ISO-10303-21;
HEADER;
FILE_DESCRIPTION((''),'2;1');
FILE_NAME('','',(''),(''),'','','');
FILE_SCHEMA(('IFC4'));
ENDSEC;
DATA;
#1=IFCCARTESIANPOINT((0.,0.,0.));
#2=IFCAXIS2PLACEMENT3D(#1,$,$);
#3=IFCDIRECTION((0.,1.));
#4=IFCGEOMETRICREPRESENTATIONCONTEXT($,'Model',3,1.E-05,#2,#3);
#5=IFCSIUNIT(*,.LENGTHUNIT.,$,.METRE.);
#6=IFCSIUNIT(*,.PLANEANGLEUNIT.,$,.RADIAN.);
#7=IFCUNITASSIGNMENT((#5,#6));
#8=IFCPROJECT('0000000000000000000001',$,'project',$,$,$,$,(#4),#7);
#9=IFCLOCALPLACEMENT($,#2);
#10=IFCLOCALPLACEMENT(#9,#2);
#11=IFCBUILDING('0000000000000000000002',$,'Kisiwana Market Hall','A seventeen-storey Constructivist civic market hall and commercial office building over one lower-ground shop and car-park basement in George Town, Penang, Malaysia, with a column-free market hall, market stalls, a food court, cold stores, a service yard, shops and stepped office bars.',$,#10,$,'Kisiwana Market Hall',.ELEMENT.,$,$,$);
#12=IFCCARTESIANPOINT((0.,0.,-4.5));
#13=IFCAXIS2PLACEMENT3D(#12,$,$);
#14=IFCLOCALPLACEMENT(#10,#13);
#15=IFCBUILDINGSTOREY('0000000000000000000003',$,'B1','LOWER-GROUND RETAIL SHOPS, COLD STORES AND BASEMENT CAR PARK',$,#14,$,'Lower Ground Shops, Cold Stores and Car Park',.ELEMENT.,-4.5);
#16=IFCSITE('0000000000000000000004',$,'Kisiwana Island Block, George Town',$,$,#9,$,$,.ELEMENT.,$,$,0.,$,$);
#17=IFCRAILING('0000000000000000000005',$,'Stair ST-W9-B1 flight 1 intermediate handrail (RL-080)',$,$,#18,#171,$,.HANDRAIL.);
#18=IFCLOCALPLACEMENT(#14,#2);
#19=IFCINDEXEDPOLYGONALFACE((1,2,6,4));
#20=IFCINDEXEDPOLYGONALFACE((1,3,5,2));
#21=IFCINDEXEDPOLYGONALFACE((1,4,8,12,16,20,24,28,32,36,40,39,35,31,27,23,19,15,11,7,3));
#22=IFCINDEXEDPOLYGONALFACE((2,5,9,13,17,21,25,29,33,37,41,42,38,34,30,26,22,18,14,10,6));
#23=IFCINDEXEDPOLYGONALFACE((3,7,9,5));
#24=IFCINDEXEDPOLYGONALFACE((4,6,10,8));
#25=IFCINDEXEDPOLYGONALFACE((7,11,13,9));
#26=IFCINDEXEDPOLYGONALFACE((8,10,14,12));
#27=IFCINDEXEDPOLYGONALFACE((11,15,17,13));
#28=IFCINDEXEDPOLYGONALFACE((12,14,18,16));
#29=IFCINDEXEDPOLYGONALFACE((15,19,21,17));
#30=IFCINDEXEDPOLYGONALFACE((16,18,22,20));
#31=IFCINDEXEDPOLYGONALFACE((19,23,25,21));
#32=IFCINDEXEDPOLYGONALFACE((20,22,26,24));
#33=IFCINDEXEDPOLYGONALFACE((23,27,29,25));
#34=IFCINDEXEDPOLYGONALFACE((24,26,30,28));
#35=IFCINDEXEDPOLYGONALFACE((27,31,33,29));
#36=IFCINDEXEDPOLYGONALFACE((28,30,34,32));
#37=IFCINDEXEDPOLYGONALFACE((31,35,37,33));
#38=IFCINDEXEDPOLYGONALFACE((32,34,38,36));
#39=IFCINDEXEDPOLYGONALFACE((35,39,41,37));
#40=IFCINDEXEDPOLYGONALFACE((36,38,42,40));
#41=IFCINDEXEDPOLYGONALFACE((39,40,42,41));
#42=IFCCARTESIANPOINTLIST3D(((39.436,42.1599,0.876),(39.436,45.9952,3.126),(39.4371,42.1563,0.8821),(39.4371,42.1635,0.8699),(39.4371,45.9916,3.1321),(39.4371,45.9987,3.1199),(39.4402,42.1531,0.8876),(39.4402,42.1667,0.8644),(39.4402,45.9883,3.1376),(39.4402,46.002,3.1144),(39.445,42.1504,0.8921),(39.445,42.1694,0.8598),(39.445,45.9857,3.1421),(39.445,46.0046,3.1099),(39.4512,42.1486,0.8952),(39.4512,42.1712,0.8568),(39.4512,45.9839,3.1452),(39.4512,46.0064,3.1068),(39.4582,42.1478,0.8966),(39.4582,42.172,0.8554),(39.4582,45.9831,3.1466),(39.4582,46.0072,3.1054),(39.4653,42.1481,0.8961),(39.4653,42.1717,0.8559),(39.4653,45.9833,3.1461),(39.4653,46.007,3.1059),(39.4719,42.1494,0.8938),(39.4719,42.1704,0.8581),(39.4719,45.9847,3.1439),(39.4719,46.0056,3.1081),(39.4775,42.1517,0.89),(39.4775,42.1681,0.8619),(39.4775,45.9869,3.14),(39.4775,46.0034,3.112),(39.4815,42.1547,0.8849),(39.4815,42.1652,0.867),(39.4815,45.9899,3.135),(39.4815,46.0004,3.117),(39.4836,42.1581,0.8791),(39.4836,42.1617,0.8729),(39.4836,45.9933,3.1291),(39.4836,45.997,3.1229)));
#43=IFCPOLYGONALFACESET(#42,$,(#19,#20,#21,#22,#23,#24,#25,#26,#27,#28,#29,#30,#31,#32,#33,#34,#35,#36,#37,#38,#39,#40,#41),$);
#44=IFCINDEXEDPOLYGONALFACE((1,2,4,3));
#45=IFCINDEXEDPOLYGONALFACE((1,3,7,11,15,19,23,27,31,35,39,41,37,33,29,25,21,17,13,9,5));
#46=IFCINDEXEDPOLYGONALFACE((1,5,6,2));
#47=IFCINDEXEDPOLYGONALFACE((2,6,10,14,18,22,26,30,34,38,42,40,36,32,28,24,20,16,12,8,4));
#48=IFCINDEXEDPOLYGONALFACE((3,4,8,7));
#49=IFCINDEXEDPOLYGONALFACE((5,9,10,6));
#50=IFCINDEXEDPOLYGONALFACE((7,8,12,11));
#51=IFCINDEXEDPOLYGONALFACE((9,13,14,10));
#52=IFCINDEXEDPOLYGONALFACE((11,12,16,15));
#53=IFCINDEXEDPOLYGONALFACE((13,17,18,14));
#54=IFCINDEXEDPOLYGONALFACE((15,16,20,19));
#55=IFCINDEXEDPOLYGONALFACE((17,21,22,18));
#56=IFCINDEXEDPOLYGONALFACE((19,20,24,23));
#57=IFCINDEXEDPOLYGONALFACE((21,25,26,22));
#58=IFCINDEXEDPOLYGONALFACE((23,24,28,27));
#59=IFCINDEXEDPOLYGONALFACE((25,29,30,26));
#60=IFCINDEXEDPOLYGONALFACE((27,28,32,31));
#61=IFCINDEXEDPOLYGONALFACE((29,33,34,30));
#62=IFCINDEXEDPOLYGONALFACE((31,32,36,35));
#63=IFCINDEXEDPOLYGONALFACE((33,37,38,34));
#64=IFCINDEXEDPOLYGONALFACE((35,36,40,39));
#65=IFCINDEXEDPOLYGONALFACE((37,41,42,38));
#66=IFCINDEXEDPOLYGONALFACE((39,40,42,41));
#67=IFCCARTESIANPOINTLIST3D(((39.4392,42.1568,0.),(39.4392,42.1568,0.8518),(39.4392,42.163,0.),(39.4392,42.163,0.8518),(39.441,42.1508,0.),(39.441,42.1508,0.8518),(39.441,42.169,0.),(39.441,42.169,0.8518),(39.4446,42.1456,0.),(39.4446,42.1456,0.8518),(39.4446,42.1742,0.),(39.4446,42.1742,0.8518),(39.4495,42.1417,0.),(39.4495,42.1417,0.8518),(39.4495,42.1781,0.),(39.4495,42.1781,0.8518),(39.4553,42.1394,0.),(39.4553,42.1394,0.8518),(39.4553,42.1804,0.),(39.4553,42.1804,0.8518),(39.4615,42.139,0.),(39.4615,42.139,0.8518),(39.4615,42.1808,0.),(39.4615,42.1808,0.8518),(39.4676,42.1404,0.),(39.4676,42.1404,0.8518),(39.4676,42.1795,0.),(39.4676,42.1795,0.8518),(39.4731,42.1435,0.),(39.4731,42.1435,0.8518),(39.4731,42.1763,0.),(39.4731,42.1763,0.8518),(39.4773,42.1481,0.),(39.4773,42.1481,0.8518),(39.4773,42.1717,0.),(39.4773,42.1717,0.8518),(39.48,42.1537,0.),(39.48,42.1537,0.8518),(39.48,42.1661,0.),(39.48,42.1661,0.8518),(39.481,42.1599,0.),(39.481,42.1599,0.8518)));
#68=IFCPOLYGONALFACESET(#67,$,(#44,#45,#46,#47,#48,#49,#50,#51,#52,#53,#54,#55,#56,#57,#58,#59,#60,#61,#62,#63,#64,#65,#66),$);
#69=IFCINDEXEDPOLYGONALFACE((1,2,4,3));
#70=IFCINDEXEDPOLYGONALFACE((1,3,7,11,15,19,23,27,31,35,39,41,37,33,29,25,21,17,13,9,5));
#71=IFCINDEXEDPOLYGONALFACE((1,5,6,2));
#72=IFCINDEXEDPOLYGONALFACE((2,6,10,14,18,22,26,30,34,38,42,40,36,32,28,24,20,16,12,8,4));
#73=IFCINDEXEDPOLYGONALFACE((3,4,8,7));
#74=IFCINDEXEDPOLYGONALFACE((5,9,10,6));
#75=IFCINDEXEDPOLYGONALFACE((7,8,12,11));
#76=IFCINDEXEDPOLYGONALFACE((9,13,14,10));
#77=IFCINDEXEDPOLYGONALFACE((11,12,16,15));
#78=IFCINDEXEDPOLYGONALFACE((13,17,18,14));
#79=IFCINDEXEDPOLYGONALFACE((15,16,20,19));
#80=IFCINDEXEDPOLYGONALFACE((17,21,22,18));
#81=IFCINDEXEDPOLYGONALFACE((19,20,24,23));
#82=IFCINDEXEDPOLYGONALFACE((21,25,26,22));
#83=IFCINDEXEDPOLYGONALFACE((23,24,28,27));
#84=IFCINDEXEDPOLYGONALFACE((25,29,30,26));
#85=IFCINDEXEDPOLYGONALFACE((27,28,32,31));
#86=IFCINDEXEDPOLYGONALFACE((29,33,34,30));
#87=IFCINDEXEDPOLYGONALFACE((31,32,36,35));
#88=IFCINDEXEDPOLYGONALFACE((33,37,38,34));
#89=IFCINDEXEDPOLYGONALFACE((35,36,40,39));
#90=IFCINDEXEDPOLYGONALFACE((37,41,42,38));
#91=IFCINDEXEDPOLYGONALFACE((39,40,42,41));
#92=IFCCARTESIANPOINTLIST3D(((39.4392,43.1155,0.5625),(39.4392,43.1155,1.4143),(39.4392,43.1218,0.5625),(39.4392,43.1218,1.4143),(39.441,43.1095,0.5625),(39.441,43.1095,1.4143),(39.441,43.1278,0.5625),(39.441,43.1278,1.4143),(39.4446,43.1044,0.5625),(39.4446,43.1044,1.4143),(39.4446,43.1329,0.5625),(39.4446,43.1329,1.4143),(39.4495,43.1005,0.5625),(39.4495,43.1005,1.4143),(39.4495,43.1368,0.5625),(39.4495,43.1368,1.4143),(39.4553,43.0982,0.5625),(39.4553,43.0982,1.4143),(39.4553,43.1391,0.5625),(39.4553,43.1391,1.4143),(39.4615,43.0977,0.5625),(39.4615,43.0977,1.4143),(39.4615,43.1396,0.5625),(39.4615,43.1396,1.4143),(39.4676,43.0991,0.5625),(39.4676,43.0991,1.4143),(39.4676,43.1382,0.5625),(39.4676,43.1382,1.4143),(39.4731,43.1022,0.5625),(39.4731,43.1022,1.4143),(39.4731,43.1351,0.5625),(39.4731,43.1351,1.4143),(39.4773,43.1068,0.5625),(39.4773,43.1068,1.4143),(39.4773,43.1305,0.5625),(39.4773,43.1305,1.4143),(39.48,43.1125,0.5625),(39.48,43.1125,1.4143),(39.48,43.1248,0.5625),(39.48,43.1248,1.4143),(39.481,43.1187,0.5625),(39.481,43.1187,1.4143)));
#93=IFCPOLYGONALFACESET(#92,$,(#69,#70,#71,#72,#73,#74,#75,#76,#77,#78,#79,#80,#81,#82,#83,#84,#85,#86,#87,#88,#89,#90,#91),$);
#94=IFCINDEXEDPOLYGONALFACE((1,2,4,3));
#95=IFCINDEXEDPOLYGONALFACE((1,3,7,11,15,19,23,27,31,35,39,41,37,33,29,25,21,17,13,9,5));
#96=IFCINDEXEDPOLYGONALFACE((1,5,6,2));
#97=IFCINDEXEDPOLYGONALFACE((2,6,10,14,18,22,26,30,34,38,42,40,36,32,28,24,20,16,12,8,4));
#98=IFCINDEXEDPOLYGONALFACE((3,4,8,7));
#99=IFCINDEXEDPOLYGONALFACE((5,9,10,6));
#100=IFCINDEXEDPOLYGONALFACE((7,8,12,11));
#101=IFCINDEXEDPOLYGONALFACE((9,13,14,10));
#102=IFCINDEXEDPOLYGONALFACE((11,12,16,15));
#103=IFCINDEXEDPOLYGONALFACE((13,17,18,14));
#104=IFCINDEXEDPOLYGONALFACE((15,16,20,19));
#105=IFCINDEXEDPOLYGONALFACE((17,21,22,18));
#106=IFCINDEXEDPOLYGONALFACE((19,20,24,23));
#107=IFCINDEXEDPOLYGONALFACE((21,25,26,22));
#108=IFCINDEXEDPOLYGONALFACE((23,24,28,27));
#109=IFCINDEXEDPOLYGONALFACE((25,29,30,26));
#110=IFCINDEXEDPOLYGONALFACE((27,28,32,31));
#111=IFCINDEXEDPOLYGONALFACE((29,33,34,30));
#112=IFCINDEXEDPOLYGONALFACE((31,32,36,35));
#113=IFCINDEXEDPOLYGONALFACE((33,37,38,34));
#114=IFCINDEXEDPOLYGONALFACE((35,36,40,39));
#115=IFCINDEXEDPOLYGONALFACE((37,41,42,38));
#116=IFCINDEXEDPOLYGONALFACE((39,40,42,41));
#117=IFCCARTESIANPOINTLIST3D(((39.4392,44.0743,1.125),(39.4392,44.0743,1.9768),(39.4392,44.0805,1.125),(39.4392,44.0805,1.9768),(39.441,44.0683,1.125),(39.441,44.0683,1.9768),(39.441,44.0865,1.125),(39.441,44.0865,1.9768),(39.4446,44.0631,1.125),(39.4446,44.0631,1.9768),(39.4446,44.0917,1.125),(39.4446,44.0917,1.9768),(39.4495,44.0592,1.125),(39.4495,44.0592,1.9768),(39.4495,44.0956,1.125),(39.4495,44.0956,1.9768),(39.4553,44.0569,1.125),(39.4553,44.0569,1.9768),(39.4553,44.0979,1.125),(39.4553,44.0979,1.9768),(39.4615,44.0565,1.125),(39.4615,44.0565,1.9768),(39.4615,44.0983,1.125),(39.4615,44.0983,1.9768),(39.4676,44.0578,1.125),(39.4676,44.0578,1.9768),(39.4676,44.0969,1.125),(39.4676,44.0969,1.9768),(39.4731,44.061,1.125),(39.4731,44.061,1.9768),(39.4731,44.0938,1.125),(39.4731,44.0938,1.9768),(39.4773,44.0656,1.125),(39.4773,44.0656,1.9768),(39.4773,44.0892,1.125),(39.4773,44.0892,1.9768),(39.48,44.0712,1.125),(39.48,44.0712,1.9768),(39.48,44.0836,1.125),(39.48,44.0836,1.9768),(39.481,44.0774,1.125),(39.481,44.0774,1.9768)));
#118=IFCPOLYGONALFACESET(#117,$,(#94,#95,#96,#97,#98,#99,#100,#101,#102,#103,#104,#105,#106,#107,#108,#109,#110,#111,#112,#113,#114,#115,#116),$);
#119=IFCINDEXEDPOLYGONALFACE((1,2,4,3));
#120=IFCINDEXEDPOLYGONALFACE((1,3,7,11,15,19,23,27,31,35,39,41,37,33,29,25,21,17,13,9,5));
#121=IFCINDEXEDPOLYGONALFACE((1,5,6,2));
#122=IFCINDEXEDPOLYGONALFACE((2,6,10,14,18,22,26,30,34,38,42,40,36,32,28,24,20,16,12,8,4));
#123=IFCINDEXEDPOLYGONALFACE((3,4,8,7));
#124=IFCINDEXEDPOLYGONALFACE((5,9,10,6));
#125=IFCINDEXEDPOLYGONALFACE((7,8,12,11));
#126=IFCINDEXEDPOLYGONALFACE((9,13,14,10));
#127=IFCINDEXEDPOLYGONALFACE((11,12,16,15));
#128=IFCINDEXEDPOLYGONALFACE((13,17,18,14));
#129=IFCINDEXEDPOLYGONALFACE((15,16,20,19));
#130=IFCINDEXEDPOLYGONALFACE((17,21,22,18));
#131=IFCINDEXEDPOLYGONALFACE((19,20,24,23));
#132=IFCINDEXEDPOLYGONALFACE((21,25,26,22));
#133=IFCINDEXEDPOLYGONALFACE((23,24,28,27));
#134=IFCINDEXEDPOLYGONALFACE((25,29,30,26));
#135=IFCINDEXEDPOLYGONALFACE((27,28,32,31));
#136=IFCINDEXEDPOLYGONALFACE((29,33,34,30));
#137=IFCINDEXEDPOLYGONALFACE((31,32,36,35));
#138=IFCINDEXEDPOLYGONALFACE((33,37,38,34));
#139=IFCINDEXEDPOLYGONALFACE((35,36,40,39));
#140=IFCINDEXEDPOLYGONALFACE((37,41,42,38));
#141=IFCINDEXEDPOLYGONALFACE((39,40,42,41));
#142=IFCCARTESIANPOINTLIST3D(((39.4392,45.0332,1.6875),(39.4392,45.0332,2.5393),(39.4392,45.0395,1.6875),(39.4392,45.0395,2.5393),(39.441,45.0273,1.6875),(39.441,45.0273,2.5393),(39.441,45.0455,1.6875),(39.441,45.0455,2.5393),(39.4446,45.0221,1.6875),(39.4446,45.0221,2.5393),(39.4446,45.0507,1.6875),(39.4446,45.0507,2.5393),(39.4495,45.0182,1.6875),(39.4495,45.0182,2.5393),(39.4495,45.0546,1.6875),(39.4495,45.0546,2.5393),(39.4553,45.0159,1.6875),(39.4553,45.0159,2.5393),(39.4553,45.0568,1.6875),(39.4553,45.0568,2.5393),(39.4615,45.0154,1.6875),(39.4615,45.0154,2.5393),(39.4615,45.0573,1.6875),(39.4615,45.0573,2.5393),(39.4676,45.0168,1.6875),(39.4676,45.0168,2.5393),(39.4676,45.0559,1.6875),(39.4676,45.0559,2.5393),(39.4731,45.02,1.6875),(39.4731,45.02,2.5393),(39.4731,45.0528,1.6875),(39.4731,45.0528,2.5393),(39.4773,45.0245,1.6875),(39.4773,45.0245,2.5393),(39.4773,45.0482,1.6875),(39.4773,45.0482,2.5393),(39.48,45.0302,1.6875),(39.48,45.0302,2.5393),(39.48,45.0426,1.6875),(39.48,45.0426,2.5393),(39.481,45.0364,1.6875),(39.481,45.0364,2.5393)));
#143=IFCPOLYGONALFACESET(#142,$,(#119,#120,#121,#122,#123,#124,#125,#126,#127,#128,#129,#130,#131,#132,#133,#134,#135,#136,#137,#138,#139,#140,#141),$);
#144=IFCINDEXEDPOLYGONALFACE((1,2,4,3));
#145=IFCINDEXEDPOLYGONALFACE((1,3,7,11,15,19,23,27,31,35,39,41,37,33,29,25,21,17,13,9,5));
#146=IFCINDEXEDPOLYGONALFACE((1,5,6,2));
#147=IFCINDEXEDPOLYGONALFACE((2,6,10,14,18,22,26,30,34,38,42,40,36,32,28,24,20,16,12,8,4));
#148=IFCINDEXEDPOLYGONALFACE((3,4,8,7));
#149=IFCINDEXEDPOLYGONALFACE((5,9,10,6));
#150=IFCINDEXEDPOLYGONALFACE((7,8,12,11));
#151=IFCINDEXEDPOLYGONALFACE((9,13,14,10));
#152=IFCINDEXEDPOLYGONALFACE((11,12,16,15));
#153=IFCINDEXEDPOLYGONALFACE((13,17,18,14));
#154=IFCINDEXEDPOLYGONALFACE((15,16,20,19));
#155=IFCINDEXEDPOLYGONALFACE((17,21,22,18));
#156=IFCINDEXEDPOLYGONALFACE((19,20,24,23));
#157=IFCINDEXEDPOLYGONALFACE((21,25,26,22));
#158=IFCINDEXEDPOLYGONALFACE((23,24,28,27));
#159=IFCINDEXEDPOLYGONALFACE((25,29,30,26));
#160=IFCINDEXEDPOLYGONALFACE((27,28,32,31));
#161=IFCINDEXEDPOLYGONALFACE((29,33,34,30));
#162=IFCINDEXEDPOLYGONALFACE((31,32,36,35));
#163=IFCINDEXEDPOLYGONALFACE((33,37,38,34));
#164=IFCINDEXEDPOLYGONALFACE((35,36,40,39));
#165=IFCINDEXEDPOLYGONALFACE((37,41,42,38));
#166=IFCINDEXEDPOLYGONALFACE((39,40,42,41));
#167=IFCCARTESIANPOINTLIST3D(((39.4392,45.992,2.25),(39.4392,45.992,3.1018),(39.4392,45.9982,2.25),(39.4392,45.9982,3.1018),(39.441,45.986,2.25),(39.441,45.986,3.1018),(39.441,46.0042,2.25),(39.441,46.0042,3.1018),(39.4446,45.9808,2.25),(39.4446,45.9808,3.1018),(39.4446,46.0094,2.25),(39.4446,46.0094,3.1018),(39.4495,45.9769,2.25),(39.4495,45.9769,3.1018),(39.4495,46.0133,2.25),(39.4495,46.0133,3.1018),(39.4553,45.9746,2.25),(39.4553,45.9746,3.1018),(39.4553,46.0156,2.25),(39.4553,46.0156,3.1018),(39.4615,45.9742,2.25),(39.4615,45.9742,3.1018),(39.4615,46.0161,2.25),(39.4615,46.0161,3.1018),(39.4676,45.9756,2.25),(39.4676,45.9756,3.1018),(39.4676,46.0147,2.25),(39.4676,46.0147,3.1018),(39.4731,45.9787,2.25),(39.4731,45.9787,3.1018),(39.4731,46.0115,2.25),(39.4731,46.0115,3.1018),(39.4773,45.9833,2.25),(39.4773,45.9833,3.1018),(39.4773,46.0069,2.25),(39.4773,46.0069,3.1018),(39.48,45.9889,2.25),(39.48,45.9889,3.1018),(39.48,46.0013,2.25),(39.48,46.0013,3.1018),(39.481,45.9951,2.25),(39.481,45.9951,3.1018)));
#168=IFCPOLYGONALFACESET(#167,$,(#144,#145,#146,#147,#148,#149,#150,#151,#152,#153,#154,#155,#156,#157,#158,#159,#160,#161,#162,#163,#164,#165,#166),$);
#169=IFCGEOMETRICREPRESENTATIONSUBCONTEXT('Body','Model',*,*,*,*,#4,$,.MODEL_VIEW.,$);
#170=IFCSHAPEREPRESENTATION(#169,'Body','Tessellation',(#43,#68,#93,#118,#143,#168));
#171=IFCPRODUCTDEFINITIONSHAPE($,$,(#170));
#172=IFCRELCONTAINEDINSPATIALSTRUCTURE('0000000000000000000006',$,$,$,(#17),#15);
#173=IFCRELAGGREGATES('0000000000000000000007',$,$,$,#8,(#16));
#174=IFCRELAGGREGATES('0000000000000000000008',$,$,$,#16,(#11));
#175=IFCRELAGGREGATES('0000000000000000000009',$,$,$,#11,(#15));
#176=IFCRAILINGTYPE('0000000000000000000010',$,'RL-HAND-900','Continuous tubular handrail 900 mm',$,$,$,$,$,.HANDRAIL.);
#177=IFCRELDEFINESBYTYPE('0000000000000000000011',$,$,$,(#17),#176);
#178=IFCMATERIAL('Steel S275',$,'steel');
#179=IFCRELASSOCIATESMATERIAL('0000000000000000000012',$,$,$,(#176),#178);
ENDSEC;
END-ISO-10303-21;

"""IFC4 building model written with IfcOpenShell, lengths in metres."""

from ifc_helpers import new_model, si_unit, direction, frame, origin, origin_2d, place, context, subcontext, project, spatial, circle, extrude, material, type_object, element, save


model = new_model("IFC4")

# Units and contexts
model_context = context("Model", 3, precision=1e-05, world=origin(), true_north=direction((0.0, 1.0)))
body_context = subcontext(model_context, "Body", "Model", "MODEL_VIEW")
ifc_project = project(units=[si_unit("LENGTHUNIT", "METRE"), si_unit("PLANEANGLEUNIT", "RADIAN")], contexts=[model_context])

# Site, building, storey
site_placement = place(None, origin())
site = spatial("IfcSite", under=ifc_project, at=site_placement, Name="Kisiwana Island Block, George Town", CompositionType="ELEMENT", RefElevation=0.0)
building_placement = place(site_placement, origin())
building = spatial("IfcBuilding", under=site, at=building_placement, Name="Kisiwana Market Hall", Description="A seventeen-storey Constructivist civic market hall and commercial office building over one lower-ground shop and car-park basement in George Town, Penang, Malaysia, with a column-free market hall, market stalls, a food court, cold stores, a service yard, shops and stepped office bars.", LongName="Kisiwana Market Hall", CompositionType="ELEMENT")
storey_placement = place(building_placement, frame((0.0, 0.0, -4.5)))
storey = spatial("IfcBuildingStorey", under=building, at=storey_placement, Name="B1", Description="LOWER-GROUND RETAIL SHOPS, COLD STORES AND BASEMENT CAR PARK", LongName="Lower Ground Shops, Cold Stores and Car Park", CompositionType="ELEMENT", Elevation=-4.5)

# Railing
ifc_material_1 = material(Name="Steel S275", Category="steel")
railing_type_1 = type_object("IfcRailingType", Name="RL-HAND-900", Description="Continuous tubular handrail 900 mm", PredefinedType="HANDRAIL", material=ifc_material_1)
for number, where, name in (
    (1, (39.46, 42.1599, 0.0), "Stair ST-W9-B1 flight 1 intermediate handrail (RL-080)"),
):
    element("IfcRailing", number, at=place(storey_placement, frame(where)), inside=storey, type_object=railing_type_1, Name=name, PredefinedType="HANDRAIL", context=body_context, shape_type="SweptSolid", body=[
        extrude(circle(Radius=0.0239, at=origin_2d()), frame((0.0, 0.0, 0.876), z_axis=(0.0, 0.862524, 0.506017), x_axis=(-1.0, 0.0, 0.0)), (0.0, 0.0, 1.0), 4.4465),
        extrude(circle(Radius=0.021, at=origin_2d()), origin(), (0.0, 0.0, 1.0), 0.8518),
        extrude(circle(Radius=0.021, at=origin_2d()), frame((0.0, 0.9587, 0.5625)), (0.0, 0.0, 1.0), 0.8518),
        extrude(circle(Radius=0.021, at=origin_2d()), frame((0.0, 1.9175, 1.125)), (0.0, 0.0, 1.0), 0.8518),
        extrude(circle(Radius=0.021, at=origin_2d()), frame((0.0, 2.8765, 1.6875)), (0.0, 0.0, 1.0), 0.8518),
        extrude(circle(Radius=0.021, at=origin_2d()), frame((0.0, 3.8352, 2.25)), (0.0, 0.0, 1.0), 0.8518),
    ])

save(model, "model.ifc")
